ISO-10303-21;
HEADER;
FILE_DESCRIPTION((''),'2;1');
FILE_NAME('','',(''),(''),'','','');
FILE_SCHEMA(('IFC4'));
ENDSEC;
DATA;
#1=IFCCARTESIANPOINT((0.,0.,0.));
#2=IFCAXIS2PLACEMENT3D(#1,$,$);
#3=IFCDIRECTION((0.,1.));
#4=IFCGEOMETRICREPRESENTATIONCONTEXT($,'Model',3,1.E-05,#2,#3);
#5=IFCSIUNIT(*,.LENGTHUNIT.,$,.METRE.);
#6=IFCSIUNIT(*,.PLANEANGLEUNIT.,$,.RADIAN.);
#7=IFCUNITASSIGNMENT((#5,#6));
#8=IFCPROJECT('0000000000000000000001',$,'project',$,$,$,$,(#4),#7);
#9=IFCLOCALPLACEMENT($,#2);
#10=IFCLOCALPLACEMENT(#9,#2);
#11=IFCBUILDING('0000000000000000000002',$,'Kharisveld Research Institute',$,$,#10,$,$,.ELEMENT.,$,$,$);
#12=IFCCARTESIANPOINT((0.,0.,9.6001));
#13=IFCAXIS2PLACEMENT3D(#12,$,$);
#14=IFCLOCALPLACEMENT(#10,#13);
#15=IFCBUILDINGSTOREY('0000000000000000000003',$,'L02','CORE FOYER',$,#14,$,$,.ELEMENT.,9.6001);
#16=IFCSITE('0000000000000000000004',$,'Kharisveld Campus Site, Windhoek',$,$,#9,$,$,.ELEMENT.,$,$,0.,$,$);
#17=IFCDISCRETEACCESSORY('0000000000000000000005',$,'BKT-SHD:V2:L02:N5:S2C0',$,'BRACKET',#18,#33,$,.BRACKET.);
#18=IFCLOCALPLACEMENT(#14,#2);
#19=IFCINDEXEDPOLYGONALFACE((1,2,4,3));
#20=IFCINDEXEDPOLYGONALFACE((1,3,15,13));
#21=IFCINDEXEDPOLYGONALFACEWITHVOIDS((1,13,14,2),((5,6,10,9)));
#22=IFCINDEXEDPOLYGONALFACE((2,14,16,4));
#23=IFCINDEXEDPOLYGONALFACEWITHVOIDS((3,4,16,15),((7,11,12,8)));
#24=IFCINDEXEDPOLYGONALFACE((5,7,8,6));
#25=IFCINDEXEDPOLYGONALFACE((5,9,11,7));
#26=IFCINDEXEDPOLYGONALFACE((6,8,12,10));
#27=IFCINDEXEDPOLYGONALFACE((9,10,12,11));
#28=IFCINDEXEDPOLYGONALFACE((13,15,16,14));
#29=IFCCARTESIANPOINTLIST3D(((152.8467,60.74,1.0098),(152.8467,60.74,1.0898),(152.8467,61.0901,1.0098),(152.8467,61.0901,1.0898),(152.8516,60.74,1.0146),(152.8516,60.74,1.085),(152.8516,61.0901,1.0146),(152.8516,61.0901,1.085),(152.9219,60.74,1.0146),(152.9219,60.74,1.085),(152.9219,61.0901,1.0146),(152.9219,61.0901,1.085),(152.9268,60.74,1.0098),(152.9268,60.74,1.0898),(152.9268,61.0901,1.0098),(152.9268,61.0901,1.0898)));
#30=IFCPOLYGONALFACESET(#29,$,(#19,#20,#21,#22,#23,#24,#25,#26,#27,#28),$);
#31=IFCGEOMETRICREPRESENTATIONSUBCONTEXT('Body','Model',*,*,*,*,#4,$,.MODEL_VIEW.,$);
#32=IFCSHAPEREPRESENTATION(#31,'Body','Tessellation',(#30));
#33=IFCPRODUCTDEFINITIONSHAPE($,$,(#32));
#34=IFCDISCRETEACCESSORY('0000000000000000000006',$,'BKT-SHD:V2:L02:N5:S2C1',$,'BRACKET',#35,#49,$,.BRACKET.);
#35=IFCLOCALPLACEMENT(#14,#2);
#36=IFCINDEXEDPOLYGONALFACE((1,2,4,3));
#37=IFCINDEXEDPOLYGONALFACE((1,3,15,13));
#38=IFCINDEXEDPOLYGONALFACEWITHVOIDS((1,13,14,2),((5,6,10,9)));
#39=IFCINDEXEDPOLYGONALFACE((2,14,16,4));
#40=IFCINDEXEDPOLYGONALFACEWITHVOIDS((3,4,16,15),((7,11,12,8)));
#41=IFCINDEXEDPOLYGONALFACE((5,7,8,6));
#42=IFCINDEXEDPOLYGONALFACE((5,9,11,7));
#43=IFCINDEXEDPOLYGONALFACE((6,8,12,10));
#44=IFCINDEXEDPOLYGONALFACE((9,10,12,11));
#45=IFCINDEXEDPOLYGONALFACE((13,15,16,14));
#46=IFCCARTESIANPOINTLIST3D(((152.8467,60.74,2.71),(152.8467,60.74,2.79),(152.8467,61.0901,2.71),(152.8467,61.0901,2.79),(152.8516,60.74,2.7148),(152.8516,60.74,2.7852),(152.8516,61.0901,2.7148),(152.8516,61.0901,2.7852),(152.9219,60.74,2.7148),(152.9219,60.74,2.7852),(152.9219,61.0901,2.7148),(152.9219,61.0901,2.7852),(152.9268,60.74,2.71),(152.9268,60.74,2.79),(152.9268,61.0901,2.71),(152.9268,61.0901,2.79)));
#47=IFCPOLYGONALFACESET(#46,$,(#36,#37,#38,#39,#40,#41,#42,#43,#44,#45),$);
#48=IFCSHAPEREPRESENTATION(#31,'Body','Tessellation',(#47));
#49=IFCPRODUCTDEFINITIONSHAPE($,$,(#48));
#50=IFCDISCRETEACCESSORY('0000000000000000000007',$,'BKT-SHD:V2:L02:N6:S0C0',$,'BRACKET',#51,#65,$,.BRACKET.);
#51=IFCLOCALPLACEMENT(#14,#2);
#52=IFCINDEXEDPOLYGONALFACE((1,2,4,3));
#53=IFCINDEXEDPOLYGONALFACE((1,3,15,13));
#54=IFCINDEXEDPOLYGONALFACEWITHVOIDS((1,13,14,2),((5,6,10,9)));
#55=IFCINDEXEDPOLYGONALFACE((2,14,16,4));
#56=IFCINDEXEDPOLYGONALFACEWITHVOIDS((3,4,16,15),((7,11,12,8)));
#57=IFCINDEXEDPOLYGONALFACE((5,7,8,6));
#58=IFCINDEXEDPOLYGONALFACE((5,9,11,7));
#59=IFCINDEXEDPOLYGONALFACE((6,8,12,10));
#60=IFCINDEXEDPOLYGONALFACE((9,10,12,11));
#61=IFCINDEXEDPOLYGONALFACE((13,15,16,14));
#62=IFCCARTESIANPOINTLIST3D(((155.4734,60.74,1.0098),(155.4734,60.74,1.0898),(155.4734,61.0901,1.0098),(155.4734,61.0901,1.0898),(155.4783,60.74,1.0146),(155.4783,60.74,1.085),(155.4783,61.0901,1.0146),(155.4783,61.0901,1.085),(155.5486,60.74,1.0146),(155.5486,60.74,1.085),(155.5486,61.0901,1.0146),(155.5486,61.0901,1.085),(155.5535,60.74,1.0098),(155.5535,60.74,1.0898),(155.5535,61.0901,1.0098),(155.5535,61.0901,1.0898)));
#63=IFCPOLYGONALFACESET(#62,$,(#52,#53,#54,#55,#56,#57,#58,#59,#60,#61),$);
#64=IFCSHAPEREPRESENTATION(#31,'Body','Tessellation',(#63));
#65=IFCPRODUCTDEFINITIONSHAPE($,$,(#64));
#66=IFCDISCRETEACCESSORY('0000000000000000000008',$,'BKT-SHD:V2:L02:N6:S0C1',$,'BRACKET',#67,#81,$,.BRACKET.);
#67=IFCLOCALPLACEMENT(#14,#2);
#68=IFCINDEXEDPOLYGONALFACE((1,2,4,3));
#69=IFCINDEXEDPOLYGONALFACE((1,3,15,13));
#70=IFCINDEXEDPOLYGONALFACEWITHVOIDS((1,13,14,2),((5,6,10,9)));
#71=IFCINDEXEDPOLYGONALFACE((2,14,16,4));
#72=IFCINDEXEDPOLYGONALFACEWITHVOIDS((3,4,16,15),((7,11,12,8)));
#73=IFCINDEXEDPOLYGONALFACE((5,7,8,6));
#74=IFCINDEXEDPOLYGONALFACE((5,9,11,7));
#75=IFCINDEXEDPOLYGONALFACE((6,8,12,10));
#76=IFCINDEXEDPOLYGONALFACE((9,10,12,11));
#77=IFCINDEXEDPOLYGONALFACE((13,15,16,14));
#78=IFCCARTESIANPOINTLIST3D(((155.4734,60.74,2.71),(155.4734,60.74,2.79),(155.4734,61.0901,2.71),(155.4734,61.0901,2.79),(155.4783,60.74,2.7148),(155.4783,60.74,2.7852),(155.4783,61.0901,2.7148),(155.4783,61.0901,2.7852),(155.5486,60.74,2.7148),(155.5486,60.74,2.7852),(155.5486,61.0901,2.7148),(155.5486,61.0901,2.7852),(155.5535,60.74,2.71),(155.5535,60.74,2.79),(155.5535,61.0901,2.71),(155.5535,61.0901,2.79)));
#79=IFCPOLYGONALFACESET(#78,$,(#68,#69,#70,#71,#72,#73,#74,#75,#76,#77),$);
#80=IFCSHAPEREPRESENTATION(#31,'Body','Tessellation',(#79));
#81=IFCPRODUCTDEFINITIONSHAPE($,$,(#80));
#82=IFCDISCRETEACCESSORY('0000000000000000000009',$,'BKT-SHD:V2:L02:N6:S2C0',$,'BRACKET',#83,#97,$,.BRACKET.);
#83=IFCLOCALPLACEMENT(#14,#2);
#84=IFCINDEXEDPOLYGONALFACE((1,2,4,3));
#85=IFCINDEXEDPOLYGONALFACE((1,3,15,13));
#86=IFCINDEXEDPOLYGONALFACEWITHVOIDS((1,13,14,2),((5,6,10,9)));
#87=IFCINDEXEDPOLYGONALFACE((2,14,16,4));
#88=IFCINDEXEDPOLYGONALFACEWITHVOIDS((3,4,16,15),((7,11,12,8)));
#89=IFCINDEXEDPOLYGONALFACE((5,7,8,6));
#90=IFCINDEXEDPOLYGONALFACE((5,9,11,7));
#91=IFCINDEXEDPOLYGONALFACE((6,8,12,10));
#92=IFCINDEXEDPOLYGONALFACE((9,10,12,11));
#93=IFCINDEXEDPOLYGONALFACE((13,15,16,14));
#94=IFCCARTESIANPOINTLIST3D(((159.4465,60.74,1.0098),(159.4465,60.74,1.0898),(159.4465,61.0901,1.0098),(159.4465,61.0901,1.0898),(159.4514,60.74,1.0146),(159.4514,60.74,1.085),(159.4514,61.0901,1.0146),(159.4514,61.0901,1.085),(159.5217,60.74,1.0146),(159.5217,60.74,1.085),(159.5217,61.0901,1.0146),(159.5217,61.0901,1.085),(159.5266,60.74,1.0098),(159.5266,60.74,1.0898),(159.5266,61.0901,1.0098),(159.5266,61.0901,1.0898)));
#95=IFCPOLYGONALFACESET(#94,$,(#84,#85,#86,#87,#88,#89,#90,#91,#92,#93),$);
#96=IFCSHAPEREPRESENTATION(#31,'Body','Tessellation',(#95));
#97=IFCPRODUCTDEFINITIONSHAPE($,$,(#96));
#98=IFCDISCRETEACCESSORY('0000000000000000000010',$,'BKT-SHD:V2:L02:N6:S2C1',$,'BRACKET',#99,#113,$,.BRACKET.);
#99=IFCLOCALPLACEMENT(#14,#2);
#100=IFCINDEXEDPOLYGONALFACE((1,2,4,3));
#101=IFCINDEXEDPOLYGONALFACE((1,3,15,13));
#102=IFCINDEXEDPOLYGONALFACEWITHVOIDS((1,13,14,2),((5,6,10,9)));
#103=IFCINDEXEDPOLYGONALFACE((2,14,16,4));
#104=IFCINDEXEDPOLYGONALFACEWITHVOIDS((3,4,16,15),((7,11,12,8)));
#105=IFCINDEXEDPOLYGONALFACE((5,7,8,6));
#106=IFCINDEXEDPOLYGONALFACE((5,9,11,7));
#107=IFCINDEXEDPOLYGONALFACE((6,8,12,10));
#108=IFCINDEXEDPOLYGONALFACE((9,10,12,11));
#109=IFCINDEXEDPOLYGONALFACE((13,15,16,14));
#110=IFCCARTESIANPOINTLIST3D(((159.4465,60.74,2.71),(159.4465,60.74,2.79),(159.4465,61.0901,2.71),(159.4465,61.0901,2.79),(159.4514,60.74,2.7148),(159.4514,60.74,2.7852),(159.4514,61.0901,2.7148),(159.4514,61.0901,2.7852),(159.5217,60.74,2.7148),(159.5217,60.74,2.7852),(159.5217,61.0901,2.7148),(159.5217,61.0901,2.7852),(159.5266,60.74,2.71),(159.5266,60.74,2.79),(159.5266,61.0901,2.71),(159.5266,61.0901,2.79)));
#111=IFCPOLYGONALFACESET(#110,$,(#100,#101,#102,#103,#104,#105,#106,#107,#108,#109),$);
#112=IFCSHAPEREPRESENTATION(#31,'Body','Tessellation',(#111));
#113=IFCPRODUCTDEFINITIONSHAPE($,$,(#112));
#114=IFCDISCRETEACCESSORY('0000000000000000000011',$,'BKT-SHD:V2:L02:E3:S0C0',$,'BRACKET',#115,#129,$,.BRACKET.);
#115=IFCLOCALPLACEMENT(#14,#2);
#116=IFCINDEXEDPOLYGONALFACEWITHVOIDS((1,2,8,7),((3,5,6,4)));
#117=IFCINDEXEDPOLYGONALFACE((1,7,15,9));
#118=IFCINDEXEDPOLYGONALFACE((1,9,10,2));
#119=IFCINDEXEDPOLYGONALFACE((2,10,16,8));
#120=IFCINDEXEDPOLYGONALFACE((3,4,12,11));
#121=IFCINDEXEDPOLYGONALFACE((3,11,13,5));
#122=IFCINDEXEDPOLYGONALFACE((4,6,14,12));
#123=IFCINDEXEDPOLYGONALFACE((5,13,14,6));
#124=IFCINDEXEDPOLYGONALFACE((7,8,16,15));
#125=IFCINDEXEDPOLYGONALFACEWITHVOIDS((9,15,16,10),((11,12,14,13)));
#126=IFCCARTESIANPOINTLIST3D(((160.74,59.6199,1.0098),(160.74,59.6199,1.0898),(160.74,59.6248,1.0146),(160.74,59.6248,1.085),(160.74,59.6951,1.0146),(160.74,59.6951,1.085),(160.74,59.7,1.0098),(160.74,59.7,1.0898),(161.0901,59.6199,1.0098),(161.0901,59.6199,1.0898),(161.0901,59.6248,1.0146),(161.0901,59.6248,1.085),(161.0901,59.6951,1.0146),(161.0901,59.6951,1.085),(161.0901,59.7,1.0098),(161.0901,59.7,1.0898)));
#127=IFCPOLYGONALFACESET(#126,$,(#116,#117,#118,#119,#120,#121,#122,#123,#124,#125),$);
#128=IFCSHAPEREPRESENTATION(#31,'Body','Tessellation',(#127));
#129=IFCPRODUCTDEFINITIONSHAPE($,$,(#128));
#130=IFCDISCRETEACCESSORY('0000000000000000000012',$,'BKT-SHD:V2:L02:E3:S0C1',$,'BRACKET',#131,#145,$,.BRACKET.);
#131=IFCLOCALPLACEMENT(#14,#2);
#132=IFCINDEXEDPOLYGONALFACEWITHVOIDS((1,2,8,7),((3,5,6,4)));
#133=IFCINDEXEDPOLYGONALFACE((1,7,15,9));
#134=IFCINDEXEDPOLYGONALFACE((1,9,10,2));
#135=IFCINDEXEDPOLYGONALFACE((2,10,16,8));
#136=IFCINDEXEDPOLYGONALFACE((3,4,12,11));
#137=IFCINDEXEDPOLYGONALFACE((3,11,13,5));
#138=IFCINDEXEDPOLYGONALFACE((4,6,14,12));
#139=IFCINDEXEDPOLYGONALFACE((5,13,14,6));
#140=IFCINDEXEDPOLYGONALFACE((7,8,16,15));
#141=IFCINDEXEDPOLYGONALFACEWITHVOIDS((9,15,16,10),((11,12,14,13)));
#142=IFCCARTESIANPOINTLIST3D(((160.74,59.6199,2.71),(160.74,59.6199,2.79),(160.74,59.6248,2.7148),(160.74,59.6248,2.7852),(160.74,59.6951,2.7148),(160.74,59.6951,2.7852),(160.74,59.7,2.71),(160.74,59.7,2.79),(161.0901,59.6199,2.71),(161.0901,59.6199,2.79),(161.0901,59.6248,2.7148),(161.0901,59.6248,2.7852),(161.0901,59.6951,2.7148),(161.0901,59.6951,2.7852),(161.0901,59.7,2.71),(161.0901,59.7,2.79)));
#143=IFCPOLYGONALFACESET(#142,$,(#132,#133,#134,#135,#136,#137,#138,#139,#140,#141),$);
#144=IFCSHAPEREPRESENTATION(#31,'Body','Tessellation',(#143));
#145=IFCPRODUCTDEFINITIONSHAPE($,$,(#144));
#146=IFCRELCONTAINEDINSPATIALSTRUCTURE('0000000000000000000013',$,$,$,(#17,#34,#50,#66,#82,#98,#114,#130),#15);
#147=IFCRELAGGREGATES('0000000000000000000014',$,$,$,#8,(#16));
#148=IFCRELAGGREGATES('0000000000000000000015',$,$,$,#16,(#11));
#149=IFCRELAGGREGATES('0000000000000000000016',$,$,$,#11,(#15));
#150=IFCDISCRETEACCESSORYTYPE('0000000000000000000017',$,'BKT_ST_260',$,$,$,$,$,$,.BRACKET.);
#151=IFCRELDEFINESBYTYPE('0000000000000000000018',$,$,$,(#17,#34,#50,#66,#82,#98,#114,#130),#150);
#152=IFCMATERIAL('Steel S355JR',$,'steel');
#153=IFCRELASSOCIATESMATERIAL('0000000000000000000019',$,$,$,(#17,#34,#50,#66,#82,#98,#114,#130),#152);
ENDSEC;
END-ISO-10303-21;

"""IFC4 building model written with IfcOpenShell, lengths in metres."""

from ifc_helpers import new_model, si_unit, direction, frame, origin, origin_2d, place, context, subcontext, project, spatial, hollow_rectangle, extrude, material, type_object, element, save


model = new_model("IFC4")

# Units and contexts
model_context = context("Model", 3, precision=1e-05, world=origin(), true_north=direction((0.0, 1.0)))
body_context = subcontext(model_context, "Body", "Model", "MODEL_VIEW")
ifc_project = project(units=[si_unit("LENGTHUNIT", "METRE"), si_unit("PLANEANGLEUNIT", "RADIAN")], contexts=[model_context])

# Site, building, storey
site_placement = place(None, origin())
site = spatial("IfcSite", under=ifc_project, at=site_placement, Name="Kharisveld Campus Site, Windhoek", CompositionType="ELEMENT", RefElevation=0.0)
building_placement = place(site_placement, origin())
building = spatial("IfcBuilding", under=site, at=building_placement, Name="Kharisveld Research Institute", CompositionType="ELEMENT")
storey_placement = place(building_placement, frame((0.0, 0.0, 9.6001)))
storey = spatial("IfcBuildingStorey", under=building, at=storey_placement, Name="L02", Description="CORE FOYER", CompositionType="ELEMENT", Elevation=9.6001)

# Discrete accessories
ifc_material_1 = material(Name="Steel S355JR", Category="steel")
discrete_accessory_type = type_object("IfcDiscreteAccessoryType", Name="BKT_ST_260", PredefinedType="BRACKET")
for number, where, z_axis, x_axis, name in (
    (1, (152.8867, 60.74, 1.0498), (0.0, 1.0, 0.0), (-1.0, 0.0, 0.0), "BKT-SHD:V2:L02:N5:S2C0"),
    (2, (152.8867, 60.74, 2.75), (0.0, 1.0, 0.0), (-1.0, 0.0, 0.0), "BKT-SHD:V2:L02:N5:S2C1"),
    (3, (155.5134, 60.74, 1.0498), (0.0, 1.0, 0.0), (-1.0, 0.0, 0.0), "BKT-SHD:V2:L02:N6:S0C0"),
    (4, (155.5134, 60.74, 2.75), (0.0, 1.0, 0.0), (-1.0, 0.0, 0.0), "BKT-SHD:V2:L02:N6:S0C1"),
    (5, (159.4866, 60.74, 1.0498), (0.0, 1.0, 0.0), (-1.0, 0.0, 0.0), "BKT-SHD:V2:L02:N6:S2C0"),
    (6, (159.4866, 60.74, 2.75), (0.0, 1.0, 0.0), (-1.0, 0.0, 0.0), "BKT-SHD:V2:L02:N6:S2C1"),
    (7, (160.74, 59.6599, 1.0498), (1.0, 0.0, 0.0), (0.0, 1.0, 0.0), "BKT-SHD:V2:L02:E3:S0C0"),
    (8, (160.74, 59.6599, 2.75), (1.0, 0.0, 0.0), (0.0, 1.0, 0.0), "BKT-SHD:V2:L02:E3:S0C1"),
):
    element("IfcDiscreteAccessory", number, at=place(storey_placement, frame(where, z_axis=z_axis, x_axis=x_axis)), inside=storey, type_object=discrete_accessory_type, material=ifc_material_1, Name=name, ObjectType="BRACKET", PredefinedType="BRACKET", context=body_context, shape_type="SweptSolid", body=[
        extrude(hollow_rectangle(XDim=0.0801, YDim=0.0801, WallThickness=0.0049, at=origin_2d()), origin(), (0.0, 0.0, 1.0), 0.3501),
    ])

save(model, "model.ifc")
